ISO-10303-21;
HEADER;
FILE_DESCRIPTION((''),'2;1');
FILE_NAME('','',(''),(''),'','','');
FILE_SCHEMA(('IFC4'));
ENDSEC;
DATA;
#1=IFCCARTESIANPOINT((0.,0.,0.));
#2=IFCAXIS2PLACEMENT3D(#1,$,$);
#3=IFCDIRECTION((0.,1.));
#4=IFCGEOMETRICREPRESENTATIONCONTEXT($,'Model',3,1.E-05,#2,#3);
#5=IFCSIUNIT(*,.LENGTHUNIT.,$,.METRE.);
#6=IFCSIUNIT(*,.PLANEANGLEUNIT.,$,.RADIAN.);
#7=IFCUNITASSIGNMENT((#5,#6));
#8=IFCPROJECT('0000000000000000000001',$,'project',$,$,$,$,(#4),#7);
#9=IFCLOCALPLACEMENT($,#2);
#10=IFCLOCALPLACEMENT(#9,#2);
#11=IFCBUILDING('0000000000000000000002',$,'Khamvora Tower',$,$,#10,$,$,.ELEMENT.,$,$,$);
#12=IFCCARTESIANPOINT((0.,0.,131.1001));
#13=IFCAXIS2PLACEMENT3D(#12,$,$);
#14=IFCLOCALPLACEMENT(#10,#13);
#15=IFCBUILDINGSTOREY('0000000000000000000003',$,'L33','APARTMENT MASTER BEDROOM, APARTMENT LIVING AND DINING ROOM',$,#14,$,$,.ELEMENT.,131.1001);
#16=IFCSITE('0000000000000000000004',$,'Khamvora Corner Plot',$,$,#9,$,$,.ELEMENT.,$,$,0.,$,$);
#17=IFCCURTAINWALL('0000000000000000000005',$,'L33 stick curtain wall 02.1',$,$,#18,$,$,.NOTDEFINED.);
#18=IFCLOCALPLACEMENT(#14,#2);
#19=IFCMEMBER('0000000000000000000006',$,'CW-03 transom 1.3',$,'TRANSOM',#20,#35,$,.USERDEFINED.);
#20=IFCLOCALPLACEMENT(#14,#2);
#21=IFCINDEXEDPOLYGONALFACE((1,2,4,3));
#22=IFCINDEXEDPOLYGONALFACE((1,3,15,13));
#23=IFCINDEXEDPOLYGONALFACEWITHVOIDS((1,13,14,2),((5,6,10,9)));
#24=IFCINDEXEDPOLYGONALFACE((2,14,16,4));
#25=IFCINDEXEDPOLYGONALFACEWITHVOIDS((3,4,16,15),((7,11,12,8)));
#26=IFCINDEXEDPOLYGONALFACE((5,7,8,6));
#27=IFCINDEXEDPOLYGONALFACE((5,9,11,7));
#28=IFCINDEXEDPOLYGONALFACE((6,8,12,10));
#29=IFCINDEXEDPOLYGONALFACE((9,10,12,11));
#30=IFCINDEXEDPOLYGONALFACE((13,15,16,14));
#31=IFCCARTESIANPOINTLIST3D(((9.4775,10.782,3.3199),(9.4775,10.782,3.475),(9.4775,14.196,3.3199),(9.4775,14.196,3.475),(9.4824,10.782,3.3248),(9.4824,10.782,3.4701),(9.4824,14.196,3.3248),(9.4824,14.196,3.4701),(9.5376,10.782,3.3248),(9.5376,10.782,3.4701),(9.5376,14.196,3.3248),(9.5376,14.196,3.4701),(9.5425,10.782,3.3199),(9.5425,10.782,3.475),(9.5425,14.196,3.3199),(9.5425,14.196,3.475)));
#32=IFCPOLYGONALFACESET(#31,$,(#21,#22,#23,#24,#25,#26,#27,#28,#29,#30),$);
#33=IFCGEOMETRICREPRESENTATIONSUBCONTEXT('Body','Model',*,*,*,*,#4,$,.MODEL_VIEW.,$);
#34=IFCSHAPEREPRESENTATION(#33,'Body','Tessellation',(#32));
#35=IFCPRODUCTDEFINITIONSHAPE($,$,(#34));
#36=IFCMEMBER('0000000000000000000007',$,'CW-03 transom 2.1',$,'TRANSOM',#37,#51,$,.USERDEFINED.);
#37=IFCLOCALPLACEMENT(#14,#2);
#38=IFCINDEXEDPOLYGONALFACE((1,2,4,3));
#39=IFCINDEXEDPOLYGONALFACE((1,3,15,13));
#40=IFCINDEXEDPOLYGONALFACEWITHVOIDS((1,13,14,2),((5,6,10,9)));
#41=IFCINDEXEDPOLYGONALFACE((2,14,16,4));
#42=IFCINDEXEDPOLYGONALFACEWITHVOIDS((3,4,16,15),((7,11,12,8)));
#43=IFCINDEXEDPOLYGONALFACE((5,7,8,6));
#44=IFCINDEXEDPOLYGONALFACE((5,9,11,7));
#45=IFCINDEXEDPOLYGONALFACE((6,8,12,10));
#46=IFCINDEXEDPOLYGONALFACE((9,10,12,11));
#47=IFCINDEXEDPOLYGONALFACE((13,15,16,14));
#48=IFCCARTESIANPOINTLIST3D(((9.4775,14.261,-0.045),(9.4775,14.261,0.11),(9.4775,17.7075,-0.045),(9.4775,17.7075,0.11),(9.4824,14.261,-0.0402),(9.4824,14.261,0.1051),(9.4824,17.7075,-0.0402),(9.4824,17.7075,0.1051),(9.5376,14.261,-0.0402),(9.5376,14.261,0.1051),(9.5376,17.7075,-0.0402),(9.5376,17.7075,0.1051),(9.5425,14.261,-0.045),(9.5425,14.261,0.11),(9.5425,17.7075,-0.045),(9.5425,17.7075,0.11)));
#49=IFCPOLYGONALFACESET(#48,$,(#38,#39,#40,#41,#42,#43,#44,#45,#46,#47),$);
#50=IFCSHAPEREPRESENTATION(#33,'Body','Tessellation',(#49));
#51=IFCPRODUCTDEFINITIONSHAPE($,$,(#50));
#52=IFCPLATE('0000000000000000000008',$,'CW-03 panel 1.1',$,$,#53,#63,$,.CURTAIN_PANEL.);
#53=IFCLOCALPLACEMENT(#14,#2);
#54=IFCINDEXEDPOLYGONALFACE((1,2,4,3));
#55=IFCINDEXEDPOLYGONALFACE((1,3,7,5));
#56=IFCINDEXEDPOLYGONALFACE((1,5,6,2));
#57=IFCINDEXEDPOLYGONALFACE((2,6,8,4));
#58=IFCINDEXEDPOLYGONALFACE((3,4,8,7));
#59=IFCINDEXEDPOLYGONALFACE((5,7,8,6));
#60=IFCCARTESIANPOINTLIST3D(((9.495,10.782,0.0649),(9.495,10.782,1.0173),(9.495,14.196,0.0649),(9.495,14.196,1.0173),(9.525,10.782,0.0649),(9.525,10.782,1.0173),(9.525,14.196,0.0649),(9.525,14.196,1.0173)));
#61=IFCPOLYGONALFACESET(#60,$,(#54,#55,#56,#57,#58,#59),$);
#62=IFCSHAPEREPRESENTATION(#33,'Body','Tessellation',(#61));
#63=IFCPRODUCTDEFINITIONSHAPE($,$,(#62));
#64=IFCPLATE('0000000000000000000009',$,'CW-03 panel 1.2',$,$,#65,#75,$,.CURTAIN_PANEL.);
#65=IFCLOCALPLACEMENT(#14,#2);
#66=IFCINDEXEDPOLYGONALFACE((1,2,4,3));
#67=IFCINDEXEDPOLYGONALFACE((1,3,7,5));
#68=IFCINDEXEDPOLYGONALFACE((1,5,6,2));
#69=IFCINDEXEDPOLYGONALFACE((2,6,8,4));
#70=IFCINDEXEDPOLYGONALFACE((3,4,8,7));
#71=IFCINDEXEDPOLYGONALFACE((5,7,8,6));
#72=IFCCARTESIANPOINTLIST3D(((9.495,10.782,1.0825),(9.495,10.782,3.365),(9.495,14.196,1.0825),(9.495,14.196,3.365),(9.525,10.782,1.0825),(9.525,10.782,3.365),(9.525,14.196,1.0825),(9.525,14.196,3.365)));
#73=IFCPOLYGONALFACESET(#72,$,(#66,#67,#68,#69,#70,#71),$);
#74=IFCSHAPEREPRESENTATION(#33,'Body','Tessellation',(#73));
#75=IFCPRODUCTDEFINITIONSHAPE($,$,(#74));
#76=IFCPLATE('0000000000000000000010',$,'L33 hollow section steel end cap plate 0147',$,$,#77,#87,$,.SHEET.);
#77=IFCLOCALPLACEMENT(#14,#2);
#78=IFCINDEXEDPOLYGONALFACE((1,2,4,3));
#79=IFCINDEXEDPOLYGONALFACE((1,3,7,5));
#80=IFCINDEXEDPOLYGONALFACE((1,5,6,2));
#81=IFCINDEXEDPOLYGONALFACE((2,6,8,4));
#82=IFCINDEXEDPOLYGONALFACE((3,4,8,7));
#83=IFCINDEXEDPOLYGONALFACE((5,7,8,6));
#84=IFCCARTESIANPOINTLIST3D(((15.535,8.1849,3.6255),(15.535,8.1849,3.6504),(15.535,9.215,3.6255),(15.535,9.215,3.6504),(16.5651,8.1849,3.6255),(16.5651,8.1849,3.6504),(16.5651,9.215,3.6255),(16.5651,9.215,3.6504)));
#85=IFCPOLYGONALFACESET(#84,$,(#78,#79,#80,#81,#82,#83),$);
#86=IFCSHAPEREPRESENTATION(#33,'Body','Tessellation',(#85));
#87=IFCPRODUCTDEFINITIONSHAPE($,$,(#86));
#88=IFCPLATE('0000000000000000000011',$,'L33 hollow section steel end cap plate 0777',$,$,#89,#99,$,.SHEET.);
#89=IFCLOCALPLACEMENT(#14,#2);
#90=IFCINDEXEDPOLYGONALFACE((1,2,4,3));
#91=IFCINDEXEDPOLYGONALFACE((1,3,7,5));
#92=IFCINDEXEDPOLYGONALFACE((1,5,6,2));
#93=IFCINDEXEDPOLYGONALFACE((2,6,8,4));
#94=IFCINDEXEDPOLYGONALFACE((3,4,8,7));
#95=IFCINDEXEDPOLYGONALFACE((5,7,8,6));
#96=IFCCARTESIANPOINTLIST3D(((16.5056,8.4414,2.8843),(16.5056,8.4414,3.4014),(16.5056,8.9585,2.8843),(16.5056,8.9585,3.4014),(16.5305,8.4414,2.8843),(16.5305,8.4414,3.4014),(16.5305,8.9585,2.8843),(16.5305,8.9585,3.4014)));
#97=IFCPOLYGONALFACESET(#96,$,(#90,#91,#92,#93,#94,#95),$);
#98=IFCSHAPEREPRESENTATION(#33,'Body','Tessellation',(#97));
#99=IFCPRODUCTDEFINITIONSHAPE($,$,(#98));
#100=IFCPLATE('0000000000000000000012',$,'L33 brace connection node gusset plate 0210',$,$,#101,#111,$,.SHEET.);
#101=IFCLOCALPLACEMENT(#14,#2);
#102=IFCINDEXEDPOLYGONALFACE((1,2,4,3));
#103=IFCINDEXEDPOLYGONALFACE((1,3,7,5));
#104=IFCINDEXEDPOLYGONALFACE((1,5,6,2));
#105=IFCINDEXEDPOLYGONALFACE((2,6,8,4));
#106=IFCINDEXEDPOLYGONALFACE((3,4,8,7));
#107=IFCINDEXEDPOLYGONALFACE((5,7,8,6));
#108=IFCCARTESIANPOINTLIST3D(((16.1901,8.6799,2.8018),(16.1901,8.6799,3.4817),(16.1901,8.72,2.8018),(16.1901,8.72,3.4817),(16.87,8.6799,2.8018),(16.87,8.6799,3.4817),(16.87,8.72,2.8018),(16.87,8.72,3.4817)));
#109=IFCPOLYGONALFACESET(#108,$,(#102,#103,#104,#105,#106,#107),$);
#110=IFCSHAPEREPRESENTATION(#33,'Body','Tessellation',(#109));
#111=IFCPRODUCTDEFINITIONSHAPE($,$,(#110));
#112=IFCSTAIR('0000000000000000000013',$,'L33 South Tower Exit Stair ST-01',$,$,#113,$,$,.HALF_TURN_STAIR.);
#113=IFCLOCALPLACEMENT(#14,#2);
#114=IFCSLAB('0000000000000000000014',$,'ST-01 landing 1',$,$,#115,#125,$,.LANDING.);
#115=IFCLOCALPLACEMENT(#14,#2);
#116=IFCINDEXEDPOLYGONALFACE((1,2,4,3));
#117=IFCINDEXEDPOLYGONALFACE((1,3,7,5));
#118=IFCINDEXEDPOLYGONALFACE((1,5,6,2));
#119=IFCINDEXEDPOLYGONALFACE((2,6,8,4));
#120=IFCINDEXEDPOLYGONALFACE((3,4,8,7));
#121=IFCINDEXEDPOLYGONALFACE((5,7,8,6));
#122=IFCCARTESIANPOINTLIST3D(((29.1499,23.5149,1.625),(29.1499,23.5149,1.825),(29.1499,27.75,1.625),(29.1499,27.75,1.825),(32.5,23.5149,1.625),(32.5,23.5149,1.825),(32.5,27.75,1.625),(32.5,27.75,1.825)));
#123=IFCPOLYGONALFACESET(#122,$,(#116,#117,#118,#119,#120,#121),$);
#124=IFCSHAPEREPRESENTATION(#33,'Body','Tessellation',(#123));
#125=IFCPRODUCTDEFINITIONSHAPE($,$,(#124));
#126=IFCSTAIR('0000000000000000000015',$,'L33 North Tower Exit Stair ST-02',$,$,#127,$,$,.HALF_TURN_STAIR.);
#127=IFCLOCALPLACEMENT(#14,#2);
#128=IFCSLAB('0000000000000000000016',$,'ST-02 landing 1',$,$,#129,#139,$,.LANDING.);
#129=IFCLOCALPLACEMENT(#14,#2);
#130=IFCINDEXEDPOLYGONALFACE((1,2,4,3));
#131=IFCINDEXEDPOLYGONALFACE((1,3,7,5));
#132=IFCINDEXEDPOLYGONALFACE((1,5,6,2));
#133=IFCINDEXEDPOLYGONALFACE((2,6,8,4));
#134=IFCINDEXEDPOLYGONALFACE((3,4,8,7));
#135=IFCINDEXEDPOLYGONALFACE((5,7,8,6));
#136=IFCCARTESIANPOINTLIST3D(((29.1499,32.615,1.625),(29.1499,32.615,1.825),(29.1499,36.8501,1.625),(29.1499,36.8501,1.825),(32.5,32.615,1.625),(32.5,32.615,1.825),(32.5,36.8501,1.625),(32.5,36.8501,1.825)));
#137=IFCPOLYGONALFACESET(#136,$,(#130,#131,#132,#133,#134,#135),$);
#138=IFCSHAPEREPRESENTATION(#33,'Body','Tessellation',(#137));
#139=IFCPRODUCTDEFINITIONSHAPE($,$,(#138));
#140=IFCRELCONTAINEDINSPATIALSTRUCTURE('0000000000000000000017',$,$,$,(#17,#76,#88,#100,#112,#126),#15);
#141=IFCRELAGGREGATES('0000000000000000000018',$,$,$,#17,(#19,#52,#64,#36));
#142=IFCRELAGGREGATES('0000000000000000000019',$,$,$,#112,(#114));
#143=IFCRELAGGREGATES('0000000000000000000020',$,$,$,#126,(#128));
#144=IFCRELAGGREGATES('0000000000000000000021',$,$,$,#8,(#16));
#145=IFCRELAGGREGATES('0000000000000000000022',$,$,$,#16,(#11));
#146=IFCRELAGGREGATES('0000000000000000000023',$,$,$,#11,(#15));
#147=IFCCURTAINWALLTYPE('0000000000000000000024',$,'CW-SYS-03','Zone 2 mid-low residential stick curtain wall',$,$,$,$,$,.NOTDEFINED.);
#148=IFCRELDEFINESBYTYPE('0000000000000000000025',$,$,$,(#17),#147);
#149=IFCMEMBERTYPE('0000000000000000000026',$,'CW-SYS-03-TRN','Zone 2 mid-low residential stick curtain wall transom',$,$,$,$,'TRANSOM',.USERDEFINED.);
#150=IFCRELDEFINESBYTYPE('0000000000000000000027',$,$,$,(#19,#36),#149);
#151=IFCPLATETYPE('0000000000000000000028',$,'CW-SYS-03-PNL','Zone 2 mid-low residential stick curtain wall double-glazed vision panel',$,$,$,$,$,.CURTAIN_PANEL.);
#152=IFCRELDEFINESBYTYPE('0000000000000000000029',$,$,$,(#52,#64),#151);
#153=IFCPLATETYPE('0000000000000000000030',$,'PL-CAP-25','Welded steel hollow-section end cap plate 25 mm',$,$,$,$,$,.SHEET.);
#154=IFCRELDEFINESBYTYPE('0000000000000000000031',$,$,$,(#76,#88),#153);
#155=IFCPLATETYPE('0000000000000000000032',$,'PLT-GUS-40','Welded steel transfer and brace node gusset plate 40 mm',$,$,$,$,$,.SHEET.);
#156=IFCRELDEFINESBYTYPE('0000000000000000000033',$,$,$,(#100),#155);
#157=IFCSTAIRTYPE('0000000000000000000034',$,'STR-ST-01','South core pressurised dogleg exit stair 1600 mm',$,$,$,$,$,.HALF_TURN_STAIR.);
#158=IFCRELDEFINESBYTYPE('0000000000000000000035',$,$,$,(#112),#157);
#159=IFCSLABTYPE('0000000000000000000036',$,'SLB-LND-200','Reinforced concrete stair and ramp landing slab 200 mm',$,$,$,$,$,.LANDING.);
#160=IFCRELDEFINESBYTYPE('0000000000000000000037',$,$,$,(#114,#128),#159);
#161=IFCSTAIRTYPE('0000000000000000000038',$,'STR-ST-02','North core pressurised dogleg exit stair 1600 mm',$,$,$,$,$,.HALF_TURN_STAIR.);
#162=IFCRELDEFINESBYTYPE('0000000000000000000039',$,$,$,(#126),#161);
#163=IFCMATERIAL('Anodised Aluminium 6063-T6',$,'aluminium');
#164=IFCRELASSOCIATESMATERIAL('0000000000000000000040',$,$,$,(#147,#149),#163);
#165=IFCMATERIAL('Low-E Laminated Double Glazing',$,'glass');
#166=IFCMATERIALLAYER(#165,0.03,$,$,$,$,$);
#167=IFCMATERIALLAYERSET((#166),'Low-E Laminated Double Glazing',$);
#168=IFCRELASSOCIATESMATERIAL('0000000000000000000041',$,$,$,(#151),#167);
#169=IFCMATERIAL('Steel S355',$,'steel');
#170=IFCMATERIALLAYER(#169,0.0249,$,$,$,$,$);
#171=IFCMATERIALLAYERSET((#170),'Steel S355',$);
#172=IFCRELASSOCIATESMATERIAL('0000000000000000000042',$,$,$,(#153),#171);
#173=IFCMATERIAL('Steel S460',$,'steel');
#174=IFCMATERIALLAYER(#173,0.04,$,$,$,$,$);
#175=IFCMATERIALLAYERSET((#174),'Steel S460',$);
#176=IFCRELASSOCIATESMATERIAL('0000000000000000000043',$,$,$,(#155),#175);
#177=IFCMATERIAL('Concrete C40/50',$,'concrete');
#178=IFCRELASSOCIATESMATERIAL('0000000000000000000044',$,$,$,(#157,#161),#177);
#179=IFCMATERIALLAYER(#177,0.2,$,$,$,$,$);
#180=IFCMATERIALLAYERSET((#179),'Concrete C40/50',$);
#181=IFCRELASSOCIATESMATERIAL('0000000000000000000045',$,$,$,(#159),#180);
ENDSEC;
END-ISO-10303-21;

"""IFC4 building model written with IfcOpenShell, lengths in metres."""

from ifc_helpers import new_model, si_unit, direction, frame, origin, origin_2d, place, context, subcontext, project, spatial, polyline, rectangle, hollow_rectangle, outline, extrude, material, layer, layer_set, material_profile, profile_set, type_object, element, aggregate, save


model = new_model("IFC4")

# Units and contexts
model_context = context("Model", 3, precision=1e-05, world=origin(), true_north=direction((0.0, 1.0)))
body_context = subcontext(model_context, "Body", "Model", "MODEL_VIEW")
ifc_project = project(units=[si_unit("LENGTHUNIT", "METRE"), si_unit("PLANEANGLEUNIT", "RADIAN")], contexts=[model_context])

# Site, building, storey
site_placement = place(None, origin())
site = spatial("IfcSite", under=ifc_project, at=site_placement, Name="Khamvora Corner Plot", CompositionType="ELEMENT", RefElevation=0.0)
building_placement = place(site_placement, origin())
building = spatial("IfcBuilding", under=site, at=building_placement, Name="Khamvora Tower", CompositionType="ELEMENT")
storey_placement = place(building_placement, frame((0.0, 0.0, 131.1001)))
storey = spatial("IfcBuildingStorey", under=building, at=storey_placement, Name="L33", Description="APARTMENT MASTER BEDROOM, APARTMENT LIVING AND DINING ROOM", CompositionType="ELEMENT", Elevation=131.1001)

# Shared definitions
ifc_material_1 = material(Name="Steel S355", Category="steel")

# Curtain wall, members, plates
ifc_material_2 = material(Name="Anodised Aluminium 6063-T6", Category="aluminium")
curtain_wall_type = type_object("IfcCurtainWallType", Name="CW-SYS-03", Description="Zone 2 mid-low residential stick curtain wall", PredefinedType="NOTDEFINED", material=ifc_material_2)
curtain_wall_placement = place(storey_placement, origin())
curtain_wall = element("IfcCurtainWall", 1, at=curtain_wall_placement, inside=storey, type_object=curtain_wall_type, Name="L33 stick curtain wall 02.1", PredefinedType="NOTDEFINED")
ifc_material_profile_1 = material_profile(ifc_material_2, hollow_rectangle(XDim=0.0649, YDim=0.155, WallThickness=0.0049, at=origin_2d()), Name="TRN65x155x5")
ifc_profile_set_1 = profile_set([ifc_material_profile_1], Name="Anodised Aluminium 6063-T6")
member_type_1 = type_object("IfcMemberType", Name="CW-SYS-03-TRN", Description="Zone 2 mid-low residential stick curtain wall transom", ElementType="TRANSOM", PredefinedType="USERDEFINED", material=ifc_profile_set_1)
member_1_placement = place(storey_placement, frame((9.51, 10.782, 3.3975), z_axis=(0.0, 1.0, 0.0), x_axis=(-1.0, 0.0, 0.0)))
member_1 = element("IfcMember", 2, at=member_1_placement, type_object=member_type_1, Name="CW-03 transom 1.3", ObjectType="TRANSOM", PredefinedType="USERDEFINED", context=body_context, shape_type="SweptSolid", body=[
    extrude(hollow_rectangle(XDim=0.0649, YDim=0.155, WallThickness=0.0049, at=origin_2d()), origin(), (0.0, 0.0, 1.0), 3.4141),
])
member_2_placement = place(storey_placement, frame((9.51, 14.261, 0.0325), z_axis=(0.0, 1.0, 0.0), x_axis=(-1.0, 0.0, 0.0)))
member_2 = element("IfcMember", 3, at=member_2_placement, type_object=member_type_1, Name="CW-03 transom 2.1", ObjectType="TRANSOM", PredefinedType="USERDEFINED", context=body_context, shape_type="SweptSolid", body=[
    extrude(hollow_rectangle(XDim=0.0649, YDim=0.155, WallThickness=0.0049, at=origin_2d()), origin(), (0.0, 0.0, 1.0), 3.4465),
])
ifc_material_3 = material(Name="Low-E Laminated Double Glazing", Category="glass")
ifc_layer_1 = layer(ifc_material_3, 0.03)
ifc_layer_set_1 = layer_set([ifc_layer_1], Name="Low-E Laminated Double Glazing")
plate_type_1 = type_object("IfcPlateType", Name="CW-SYS-03-PNL", Description="Zone 2 mid-low residential stick curtain wall double-glazed vision panel", PredefinedType="CURTAIN_PANEL", material=ifc_layer_set_1)
plate_1_placement = place(storey_placement, frame((9.51, 12.489, 0.0649), z_axis=(0.0, 0.0, 1.0), x_axis=(0.0, 1.0, 0.0)))
plate_1 = element("IfcPlate", 4, at=plate_1_placement, type_object=plate_type_1, Name="CW-03 panel 1.1", PredefinedType="CURTAIN_PANEL", context=body_context, shape_type="SweptSolid", body=[
    extrude(rectangle(XDim=3.4141, YDim=0.03, at=origin_2d()), origin(), (0.0, 0.0, 1.0), 0.9524),
])
plate_2_placement = place(storey_placement, frame((9.51, 12.489, 1.0825), z_axis=(0.0, 0.0, 1.0), x_axis=(0.0, 1.0, 0.0)))
plate_2 = element("IfcPlate", 5, at=plate_2_placement, type_object=plate_type_1, Name="CW-03 panel 1.2", PredefinedType="CURTAIN_PANEL", context=body_context, shape_type="SweptSolid", body=[
    extrude(rectangle(XDim=3.4141, YDim=0.03, at=origin_2d()), origin(), (0.0, 0.0, 1.0), 2.2825),
])
aggregate(curtain_wall, [member_1, plate_1, plate_2, member_2])

# Plates
ifc_layer_2 = layer(ifc_material_1, 0.0249)
ifc_layer_set_2 = layer_set([ifc_layer_2], Name="Steel S355")
plate_type_2 = type_object("IfcPlateType", Name="PL-CAP-25", Description="Welded steel hollow-section end cap plate 25 mm", PredefinedType="SHEET", material=ifc_layer_set_2)
plate_3_placement = place(storey_placement, frame((16.05, 8.7, 3.6255), z_axis=(0.0, 0.0, 1.0), x_axis=(1.0, 0.0, 0.0)))
element("IfcPlate", 6, at=plate_3_placement, inside=storey, type_object=plate_type_2, Name="L33 hollow section steel end cap plate 0147", PredefinedType="SHEET", context=body_context, shape_type="SweptSolid", body=[
    extrude(rectangle(XDim=1.03, YDim=1.03, at=origin_2d()), origin(), (0.0, 0.0, 1.0), 0.0249),
])
plate_4_placement = place(storey_placement, frame((16.5181, 8.7, 2.8843), z_axis=(0.0, 0.0, 1.0), x_axis=(-1.0, 0.0, 0.0)))
element("IfcPlate", 7, at=plate_4_placement, inside=storey, type_object=plate_type_2, Name="L33 hollow section steel end cap plate 0777", PredefinedType="SHEET", context=body_context, shape_type="SweptSolid", body=[
    extrude(rectangle(XDim=0.0249, YDim=0.5171, at=origin_2d()), origin(), (0.0, 0.0, 1.0), 0.5171),
])
ifc_material_4 = material(Name="Steel S460", Category="steel")
ifc_layer_3 = layer(ifc_material_4, 0.04)
ifc_layer_set_3 = layer_set([ifc_layer_3], Name="Steel S460")
plate_type_3 = type_object("IfcPlateType", Name="PLT-GUS-40", Description="Welded steel transfer and brace node gusset plate 40 mm", PredefinedType="SHEET", material=ifc_layer_set_3)
plate_5_placement = place(storey_placement, frame((16.53, 8.7, 2.8018), z_axis=(0.0, 0.0, 1.0), x_axis=(1.0, 0.0, 0.0)))
element("IfcPlate", 8, at=plate_5_placement, inside=storey, type_object=plate_type_3, Name="L33 brace connection node gusset plate 0210", PredefinedType="SHEET", context=body_context, shape_type="SweptSolid", body=[
    extrude(rectangle(XDim=0.6799, YDim=0.04, at=origin_2d()), origin(), (0.0, 0.0, 1.0), 0.6799),
])

# Stairs, slabs
ifc_material_5 = material(Name="Concrete C40/50", Category="concrete")
stair_type_1 = type_object("IfcStairType", Name="STR-ST-01", Description="South core pressurised dogleg exit stair 1600 mm", PredefinedType="HALF_TURN_STAIR", material=ifc_material_5)
stair_1_placement = place(storey_placement, origin())
stair_1 = element("IfcStair", 9, at=stair_1_placement, inside=storey, type_object=stair_type_1, Name="L33 South Tower Exit Stair ST-01", PredefinedType="HALF_TURN_STAIR")
ifc_layer_4 = layer(ifc_material_5, 0.2)
ifc_layer_set_4 = layer_set([ifc_layer_4], Name="Concrete C40/50")
slab_type_1 = type_object("IfcSlabType", Name="SLB-LND-200", Description="Reinforced concrete stair and ramp landing slab 200 mm", PredefinedType="LANDING", material=ifc_layer_set_4)
slab_1_placement = place(storey_placement, frame((0.0, 0.0, 1.625)))
slab_1 = element("IfcSlab", 10, at=slab_1_placement, type_object=slab_type_1, Name="ST-01 landing 1", PredefinedType="LANDING", context=body_context, shape_type="SweptSolid", body=[
    extrude(outline(polyline([(32.5, 23.5149), (32.5, 27.75), (29.1499, 27.75), (29.1499, 23.5149), (32.5, 23.5149)])), origin(), (0.0, 0.0, 1.0), 0.2),
])
aggregate(stair_1, [slab_1])
stair_type_2 = type_object("IfcStairType", Name="STR-ST-02", Description="North core pressurised dogleg exit stair 1600 mm", PredefinedType="HALF_TURN_STAIR", material=ifc_material_5)
stair_2_placement = place(storey_placement, origin())
stair_2 = element("IfcStair", 11, at=stair_2_placement, inside=storey, type_object=stair_type_2, Name="L33 North Tower Exit Stair ST-02", PredefinedType="HALF_TURN_STAIR")
slab_2_placement = place(storey_placement, frame((0.0, 0.0, 1.625)))
slab_2 = element("IfcSlab", 12, at=slab_2_placement, type_object=slab_type_1, Name="ST-02 landing 1", PredefinedType="LANDING", context=body_context, shape_type="SweptSolid", body=[
    extrude(outline(polyline([(32.5, 32.615), (32.5, 36.8501), (29.1499, 36.8501), (29.1499, 32.615), (32.5, 32.615)])), origin(), (0.0, 0.0, 1.0), 0.2),
])
aggregate(stair_2, [slab_2])

save(model, "model.ifc")
